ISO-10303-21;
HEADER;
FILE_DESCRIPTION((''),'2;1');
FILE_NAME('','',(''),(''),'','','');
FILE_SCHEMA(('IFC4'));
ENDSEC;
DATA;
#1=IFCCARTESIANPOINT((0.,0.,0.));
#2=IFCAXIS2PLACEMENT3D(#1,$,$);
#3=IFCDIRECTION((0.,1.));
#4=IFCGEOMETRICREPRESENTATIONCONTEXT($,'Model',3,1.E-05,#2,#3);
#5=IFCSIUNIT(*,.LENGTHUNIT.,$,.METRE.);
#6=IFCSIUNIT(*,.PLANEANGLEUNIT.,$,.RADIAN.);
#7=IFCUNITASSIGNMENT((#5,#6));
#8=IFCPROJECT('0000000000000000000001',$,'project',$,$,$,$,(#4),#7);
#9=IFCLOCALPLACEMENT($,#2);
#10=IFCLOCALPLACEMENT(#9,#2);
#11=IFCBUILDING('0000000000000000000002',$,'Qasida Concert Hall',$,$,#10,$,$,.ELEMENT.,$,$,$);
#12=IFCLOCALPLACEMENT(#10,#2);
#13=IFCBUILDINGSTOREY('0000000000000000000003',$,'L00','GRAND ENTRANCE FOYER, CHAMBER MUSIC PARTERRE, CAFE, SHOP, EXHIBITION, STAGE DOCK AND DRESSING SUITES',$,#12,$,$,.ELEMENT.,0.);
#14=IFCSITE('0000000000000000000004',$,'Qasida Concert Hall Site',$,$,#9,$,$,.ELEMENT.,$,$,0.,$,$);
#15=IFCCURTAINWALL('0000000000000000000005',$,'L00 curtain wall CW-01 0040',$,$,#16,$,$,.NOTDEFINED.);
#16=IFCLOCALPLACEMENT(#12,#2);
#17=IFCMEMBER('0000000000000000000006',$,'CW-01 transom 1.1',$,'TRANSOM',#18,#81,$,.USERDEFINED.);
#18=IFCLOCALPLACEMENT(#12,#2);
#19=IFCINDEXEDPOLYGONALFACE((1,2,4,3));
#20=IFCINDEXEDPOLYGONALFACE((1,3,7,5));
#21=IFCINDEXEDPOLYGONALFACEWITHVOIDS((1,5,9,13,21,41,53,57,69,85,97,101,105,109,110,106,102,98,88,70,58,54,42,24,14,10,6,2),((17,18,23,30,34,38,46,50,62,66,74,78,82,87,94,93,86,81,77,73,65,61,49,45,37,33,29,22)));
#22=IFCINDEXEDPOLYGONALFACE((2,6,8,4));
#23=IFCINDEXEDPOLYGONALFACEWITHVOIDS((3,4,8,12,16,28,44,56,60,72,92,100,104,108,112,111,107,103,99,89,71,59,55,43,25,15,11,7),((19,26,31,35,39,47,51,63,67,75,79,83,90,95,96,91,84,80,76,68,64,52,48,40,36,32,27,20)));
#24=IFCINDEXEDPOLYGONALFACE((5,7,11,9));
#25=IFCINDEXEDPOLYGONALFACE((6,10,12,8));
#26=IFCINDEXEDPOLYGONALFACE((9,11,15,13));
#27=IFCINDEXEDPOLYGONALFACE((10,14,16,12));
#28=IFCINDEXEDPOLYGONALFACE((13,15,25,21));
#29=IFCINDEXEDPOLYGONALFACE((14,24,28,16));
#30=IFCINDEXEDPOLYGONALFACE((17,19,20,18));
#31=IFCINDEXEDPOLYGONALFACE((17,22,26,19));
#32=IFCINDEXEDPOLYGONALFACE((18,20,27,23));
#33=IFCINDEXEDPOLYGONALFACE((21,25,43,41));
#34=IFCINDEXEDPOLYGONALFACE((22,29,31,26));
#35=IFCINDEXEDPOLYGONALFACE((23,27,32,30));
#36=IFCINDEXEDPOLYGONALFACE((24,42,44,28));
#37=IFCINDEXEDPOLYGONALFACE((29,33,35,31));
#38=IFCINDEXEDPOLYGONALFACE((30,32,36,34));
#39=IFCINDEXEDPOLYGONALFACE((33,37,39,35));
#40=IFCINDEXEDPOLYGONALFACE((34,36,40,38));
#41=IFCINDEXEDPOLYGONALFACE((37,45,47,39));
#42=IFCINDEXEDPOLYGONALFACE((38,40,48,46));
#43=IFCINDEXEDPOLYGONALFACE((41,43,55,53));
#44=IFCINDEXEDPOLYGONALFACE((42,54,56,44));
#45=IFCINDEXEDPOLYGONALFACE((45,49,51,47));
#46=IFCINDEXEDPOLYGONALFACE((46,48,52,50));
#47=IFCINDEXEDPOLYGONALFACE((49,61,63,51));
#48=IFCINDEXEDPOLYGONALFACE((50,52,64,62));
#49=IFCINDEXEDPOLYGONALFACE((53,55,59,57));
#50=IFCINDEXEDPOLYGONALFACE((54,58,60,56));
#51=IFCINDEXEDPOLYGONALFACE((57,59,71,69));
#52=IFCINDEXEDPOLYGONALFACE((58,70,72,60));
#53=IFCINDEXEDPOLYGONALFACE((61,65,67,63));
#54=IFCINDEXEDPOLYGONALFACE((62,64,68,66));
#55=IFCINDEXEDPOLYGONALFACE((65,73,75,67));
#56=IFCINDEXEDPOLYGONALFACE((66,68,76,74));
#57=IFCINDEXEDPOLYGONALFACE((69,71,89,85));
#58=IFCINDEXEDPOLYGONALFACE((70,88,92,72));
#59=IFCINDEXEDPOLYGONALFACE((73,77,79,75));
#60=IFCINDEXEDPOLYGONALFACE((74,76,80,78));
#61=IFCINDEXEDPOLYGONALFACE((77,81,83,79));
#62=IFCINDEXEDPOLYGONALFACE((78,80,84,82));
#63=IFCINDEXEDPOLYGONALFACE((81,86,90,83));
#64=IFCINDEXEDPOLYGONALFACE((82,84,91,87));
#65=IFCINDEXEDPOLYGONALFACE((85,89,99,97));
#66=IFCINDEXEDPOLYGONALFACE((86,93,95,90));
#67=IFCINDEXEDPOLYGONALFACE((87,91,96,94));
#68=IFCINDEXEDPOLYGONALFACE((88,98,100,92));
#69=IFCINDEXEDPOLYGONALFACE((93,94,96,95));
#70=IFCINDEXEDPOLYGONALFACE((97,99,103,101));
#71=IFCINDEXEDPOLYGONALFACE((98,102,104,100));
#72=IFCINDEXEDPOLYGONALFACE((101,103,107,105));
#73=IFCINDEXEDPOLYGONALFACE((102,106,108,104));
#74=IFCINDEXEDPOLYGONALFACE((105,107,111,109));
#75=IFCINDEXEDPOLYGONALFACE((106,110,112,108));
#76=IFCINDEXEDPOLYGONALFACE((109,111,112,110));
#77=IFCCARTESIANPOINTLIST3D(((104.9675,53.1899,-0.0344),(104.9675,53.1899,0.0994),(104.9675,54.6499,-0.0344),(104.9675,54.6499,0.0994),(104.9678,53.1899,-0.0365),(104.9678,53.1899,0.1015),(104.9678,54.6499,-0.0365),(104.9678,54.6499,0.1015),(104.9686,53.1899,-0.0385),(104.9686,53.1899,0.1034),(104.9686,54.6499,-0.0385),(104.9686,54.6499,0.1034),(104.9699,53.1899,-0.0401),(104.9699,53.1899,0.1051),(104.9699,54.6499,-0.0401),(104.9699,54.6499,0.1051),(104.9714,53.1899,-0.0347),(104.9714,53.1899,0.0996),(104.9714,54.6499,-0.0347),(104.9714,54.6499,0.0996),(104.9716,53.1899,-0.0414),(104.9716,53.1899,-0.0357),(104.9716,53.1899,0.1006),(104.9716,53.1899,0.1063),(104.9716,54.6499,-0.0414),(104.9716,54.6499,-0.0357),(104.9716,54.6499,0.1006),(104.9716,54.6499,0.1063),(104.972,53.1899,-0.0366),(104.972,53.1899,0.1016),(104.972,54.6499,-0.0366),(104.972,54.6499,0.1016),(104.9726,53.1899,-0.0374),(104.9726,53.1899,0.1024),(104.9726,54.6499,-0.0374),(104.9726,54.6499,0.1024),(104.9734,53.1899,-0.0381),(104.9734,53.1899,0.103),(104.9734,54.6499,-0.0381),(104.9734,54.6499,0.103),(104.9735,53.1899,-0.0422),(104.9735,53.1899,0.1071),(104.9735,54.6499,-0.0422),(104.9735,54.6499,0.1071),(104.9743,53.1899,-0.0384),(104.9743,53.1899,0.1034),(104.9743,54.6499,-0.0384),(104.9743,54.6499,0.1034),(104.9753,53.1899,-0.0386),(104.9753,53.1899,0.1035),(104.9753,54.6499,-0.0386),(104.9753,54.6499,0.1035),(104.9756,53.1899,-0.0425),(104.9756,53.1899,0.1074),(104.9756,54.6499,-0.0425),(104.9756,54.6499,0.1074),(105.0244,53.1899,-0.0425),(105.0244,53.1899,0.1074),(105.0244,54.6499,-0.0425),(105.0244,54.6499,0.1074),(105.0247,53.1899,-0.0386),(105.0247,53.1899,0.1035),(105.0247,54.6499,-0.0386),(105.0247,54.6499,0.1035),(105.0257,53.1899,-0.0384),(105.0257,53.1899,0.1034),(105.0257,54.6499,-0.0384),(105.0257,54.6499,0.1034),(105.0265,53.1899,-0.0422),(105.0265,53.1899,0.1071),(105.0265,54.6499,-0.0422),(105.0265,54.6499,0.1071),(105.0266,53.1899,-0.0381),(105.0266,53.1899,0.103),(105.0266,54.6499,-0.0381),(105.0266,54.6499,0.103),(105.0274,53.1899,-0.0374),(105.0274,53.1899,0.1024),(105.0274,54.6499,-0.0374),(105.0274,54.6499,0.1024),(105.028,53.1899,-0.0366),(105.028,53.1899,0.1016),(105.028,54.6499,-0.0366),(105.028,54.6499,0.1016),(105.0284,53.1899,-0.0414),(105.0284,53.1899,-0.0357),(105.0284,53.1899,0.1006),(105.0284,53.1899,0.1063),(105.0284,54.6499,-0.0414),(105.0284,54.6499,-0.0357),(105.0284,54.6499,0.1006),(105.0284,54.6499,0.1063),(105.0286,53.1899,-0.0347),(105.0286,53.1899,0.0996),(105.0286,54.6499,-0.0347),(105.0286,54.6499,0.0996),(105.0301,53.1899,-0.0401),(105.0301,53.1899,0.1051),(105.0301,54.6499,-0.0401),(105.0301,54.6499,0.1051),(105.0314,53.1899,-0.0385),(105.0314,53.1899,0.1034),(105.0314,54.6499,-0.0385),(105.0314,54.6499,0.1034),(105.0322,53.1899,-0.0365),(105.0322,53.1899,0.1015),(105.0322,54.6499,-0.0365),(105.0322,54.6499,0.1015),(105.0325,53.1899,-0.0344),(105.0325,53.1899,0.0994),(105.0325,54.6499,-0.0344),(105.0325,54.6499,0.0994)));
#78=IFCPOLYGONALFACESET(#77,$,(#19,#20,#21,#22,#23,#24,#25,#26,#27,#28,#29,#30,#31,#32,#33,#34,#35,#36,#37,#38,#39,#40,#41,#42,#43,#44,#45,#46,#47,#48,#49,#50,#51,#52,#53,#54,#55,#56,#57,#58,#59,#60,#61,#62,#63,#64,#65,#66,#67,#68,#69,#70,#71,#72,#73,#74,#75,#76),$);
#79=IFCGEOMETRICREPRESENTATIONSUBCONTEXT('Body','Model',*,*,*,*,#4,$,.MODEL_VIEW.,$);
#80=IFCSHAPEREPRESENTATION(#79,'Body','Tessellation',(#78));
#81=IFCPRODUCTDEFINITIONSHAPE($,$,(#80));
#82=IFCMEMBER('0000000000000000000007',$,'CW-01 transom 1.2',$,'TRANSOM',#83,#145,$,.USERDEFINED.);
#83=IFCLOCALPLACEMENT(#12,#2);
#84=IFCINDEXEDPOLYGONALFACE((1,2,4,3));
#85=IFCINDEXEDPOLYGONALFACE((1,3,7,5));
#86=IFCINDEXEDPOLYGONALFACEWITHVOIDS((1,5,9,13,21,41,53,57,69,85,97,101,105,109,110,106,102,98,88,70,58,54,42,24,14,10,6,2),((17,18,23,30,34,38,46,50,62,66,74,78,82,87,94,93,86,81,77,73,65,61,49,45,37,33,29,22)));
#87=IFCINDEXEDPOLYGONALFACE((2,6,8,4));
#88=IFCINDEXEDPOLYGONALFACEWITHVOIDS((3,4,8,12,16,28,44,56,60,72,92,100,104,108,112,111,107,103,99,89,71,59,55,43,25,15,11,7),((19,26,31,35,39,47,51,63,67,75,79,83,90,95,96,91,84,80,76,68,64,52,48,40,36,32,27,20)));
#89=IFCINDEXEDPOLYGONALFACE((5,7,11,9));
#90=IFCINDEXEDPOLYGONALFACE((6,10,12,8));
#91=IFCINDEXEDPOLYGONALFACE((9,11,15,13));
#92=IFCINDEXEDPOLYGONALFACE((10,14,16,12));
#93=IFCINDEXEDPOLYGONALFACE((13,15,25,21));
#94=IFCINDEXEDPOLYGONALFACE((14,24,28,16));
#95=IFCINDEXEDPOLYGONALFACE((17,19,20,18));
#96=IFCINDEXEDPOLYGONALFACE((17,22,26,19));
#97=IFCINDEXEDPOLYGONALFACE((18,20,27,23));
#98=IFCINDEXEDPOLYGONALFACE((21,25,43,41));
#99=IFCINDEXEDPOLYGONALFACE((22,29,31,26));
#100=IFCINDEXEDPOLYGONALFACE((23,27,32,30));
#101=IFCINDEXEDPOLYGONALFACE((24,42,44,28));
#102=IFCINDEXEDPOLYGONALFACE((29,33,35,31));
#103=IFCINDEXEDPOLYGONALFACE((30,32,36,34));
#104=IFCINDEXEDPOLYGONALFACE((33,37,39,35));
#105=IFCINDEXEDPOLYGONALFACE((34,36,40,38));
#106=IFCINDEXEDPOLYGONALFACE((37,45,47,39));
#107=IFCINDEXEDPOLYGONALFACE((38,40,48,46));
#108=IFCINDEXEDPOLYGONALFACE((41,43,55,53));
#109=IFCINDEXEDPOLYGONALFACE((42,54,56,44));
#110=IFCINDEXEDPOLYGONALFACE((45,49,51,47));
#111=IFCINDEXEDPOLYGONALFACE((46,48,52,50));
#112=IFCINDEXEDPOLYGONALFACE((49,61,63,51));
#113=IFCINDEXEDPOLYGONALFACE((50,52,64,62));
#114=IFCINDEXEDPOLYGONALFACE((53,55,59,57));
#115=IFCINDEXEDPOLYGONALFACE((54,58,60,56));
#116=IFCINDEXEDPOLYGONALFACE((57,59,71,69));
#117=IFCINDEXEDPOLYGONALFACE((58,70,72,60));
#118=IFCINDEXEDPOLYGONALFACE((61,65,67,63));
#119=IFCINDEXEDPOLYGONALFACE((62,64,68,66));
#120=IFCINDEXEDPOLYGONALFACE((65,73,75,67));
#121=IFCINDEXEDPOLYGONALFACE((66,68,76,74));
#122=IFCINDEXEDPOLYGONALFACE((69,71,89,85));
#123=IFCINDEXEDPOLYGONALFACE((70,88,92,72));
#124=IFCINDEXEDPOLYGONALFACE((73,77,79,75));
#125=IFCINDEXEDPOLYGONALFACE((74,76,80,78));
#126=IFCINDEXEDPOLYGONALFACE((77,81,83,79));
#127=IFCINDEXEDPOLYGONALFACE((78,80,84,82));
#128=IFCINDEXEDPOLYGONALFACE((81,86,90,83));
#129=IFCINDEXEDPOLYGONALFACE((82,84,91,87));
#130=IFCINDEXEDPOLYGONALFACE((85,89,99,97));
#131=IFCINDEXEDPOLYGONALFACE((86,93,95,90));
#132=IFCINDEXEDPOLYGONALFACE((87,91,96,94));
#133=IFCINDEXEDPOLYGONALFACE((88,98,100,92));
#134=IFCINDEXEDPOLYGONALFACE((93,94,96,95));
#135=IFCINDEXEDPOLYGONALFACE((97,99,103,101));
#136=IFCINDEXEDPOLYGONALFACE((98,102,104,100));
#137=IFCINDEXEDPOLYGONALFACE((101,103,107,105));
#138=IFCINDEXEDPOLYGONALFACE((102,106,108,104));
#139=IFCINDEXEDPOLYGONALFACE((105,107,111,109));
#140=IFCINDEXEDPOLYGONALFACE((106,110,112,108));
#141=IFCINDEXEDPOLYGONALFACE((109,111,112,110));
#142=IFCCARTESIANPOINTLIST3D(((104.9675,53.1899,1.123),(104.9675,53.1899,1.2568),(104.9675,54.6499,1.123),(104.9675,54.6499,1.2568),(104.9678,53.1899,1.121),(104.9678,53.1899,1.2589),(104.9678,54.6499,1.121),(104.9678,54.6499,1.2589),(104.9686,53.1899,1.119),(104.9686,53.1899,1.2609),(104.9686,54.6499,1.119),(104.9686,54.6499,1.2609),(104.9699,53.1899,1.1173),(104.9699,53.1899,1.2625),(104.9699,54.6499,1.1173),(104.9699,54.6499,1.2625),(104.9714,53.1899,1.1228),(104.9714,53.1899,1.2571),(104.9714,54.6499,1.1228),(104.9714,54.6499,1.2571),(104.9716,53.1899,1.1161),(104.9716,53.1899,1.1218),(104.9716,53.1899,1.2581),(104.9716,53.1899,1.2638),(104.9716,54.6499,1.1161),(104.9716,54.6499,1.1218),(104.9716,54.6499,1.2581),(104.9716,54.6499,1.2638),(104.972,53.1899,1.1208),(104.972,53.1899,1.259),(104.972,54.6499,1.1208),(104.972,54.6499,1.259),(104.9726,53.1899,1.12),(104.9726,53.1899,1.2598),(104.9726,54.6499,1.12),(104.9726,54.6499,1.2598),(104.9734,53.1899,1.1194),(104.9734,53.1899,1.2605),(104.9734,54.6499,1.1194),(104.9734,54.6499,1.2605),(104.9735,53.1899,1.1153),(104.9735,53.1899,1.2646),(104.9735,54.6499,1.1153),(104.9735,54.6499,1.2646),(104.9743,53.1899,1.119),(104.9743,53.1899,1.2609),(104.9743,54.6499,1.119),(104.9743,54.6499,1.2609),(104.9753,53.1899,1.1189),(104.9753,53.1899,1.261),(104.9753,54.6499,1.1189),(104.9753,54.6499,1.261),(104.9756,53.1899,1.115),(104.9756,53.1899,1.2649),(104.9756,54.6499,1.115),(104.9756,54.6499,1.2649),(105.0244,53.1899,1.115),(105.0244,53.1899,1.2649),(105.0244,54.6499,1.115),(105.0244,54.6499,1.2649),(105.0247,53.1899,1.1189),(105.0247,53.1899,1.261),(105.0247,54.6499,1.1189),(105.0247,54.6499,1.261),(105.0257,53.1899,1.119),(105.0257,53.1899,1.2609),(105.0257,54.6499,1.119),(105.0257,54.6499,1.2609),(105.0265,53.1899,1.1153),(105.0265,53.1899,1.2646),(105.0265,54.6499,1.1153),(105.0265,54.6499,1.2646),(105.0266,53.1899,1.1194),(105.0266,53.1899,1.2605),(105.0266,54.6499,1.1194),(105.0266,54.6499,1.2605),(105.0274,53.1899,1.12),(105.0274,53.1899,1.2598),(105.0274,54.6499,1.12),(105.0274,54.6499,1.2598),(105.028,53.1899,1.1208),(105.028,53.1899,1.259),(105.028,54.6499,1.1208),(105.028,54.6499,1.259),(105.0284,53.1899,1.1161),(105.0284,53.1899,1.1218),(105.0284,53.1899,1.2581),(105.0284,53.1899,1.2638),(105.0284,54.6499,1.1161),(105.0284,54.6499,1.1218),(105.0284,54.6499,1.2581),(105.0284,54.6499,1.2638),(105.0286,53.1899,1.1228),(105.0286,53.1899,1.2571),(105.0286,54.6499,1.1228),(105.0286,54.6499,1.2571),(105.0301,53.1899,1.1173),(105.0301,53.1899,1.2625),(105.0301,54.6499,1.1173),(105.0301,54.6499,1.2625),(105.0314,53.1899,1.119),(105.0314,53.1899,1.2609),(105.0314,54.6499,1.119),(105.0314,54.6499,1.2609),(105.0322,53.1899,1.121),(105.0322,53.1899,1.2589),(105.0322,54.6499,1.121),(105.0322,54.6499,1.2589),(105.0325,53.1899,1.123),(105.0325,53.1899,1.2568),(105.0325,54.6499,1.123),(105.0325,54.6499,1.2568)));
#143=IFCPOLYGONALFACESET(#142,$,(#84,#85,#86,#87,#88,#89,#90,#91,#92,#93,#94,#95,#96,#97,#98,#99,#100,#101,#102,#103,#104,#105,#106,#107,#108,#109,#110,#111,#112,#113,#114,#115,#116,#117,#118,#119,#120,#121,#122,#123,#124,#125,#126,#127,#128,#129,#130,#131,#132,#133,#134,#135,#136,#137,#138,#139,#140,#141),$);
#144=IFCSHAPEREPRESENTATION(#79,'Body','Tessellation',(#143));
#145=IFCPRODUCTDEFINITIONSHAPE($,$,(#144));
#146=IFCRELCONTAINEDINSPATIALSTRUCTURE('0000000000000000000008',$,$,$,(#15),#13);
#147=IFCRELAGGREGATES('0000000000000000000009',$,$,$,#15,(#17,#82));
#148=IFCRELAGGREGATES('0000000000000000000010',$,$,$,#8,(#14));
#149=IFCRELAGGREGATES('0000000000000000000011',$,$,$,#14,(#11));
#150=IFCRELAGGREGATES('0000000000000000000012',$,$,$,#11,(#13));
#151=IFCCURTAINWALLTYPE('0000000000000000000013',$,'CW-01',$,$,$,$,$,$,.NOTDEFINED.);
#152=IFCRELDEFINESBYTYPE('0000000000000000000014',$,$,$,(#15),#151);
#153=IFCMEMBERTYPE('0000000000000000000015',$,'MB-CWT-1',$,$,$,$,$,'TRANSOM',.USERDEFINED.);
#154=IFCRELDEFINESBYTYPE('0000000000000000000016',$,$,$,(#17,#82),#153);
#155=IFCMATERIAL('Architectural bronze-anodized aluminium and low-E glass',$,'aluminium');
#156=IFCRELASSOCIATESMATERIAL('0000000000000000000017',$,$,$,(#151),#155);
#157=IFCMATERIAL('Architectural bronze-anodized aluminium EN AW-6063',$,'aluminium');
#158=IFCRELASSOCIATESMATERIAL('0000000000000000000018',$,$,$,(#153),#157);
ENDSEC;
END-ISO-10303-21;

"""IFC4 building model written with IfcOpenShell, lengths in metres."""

from ifc_helpers import new_model, si_unit, direction, frame, origin, origin_2d, place, context, subcontext, project, spatial, hollow_rectangle, extrude, material, material_profile, profile_set, type_object, element, aggregate, save


model = new_model("IFC4")

# Units and contexts
model_context = context("Model", 3, precision=1e-05, world=origin(), true_north=direction((0.0, 1.0)))
body_context = subcontext(model_context, "Body", "Model", "MODEL_VIEW")
ifc_project = project(units=[si_unit("LENGTHUNIT", "METRE"), si_unit("PLANEANGLEUNIT", "RADIAN")], contexts=[model_context])

# Site, building, storey
site_placement = place(None, origin())
site = spatial("IfcSite", under=ifc_project, at=site_placement, Name="Qasida Concert Hall Site", CompositionType="ELEMENT", RefElevation=0.0)
building_placement = place(site_placement, origin())
building = spatial("IfcBuilding", under=site, at=building_placement, Name="Qasida Concert Hall", CompositionType="ELEMENT")
storey_placement = place(building_placement, origin())
storey = spatial("IfcBuildingStorey", under=building, at=storey_placement, Name="L00", Description="GRAND ENTRANCE FOYER, CHAMBER MUSIC PARTERRE, CAFE, SHOP, EXHIBITION, STAGE DOCK AND DRESSING SUITES", CompositionType="ELEMENT", Elevation=0.0)

# Shared definitions
ifc_material_1 = material(Name="Architectural bronze-anodized aluminium and low-E glass", Category="aluminium")
curtain_wall_type = type_object("IfcCurtainWallType", Name="CW-01", PredefinedType="NOTDEFINED", material=ifc_material_1)
ifc_material_2 = material(Name="Architectural bronze-anodized aluminium EN AW-6063", Category="aluminium")

# Curtain wall, members
curtain_wall_1_placement = place(storey_placement, origin())
curtain_wall_1 = element("IfcCurtainWall", 1, at=curtain_wall_1_placement, inside=storey, type_object=curtain_wall_type, Name="L00 curtain wall CW-01 0040", PredefinedType="NOTDEFINED")
ifc_material_profile_1 = material_profile(ifc_material_2, hollow_rectangle(XDim=0.0649, YDim=0.1499, WallThickness=0.0039, InnerFilletRadius=0.0039, OuterFilletRadius=0.0081, at=origin_2d()), Name="CWT 150x65x4")
ifc_profile_set_1 = profile_set([ifc_material_profile_1], Name="Architectural bronze-anodized aluminium EN AW-6063")
member_type_1 = type_object("IfcMemberType", Name="MB-CWT-1", ElementType="TRANSOM", PredefinedType="USERDEFINED", material=ifc_profile_set_1)
member_1_placement = place(storey_placement, frame((105.0, 53.1899, 0.0325), z_axis=(0.0, 1.0, 0.0), x_axis=(-1.0, 0.0, 0.0)))
member_1 = element("IfcMember", 2, at=member_1_placement, type_object=member_type_1, Name="CW-01 transom 1.1", ObjectType="TRANSOM", PredefinedType="USERDEFINED", context=body_context, shape_type="SweptSolid", body=[
    extrude(hollow_rectangle(XDim=0.0649, YDim=0.1499, WallThickness=0.0039, InnerFilletRadius=0.0039, OuterFilletRadius=0.0081, at=origin_2d()), origin(), (0.0, 0.0, 1.0), 1.46),
])
member_2_placement = place(storey_placement, frame((105.0, 53.1899, 1.1899), z_axis=(0.0, 1.0, 0.0), x_axis=(-1.0, 0.0, 0.0)))
member_2 = element("IfcMember", 3, at=member_2_placement, type_object=member_type_1, Name="CW-01 transom 1.2", ObjectType="TRANSOM", PredefinedType="USERDEFINED", context=body_context, shape_type="SweptSolid", body=[
    extrude(hollow_rectangle(XDim=0.0649, YDim=0.1499, WallThickness=0.0039, InnerFilletRadius=0.0039, OuterFilletRadius=0.0081, at=origin_2d()), origin(), (0.0, 0.0, 1.0), 1.46),
])
aggregate(curtain_wall_1, [member_1, member_2])

save(model, "model.ifc")
